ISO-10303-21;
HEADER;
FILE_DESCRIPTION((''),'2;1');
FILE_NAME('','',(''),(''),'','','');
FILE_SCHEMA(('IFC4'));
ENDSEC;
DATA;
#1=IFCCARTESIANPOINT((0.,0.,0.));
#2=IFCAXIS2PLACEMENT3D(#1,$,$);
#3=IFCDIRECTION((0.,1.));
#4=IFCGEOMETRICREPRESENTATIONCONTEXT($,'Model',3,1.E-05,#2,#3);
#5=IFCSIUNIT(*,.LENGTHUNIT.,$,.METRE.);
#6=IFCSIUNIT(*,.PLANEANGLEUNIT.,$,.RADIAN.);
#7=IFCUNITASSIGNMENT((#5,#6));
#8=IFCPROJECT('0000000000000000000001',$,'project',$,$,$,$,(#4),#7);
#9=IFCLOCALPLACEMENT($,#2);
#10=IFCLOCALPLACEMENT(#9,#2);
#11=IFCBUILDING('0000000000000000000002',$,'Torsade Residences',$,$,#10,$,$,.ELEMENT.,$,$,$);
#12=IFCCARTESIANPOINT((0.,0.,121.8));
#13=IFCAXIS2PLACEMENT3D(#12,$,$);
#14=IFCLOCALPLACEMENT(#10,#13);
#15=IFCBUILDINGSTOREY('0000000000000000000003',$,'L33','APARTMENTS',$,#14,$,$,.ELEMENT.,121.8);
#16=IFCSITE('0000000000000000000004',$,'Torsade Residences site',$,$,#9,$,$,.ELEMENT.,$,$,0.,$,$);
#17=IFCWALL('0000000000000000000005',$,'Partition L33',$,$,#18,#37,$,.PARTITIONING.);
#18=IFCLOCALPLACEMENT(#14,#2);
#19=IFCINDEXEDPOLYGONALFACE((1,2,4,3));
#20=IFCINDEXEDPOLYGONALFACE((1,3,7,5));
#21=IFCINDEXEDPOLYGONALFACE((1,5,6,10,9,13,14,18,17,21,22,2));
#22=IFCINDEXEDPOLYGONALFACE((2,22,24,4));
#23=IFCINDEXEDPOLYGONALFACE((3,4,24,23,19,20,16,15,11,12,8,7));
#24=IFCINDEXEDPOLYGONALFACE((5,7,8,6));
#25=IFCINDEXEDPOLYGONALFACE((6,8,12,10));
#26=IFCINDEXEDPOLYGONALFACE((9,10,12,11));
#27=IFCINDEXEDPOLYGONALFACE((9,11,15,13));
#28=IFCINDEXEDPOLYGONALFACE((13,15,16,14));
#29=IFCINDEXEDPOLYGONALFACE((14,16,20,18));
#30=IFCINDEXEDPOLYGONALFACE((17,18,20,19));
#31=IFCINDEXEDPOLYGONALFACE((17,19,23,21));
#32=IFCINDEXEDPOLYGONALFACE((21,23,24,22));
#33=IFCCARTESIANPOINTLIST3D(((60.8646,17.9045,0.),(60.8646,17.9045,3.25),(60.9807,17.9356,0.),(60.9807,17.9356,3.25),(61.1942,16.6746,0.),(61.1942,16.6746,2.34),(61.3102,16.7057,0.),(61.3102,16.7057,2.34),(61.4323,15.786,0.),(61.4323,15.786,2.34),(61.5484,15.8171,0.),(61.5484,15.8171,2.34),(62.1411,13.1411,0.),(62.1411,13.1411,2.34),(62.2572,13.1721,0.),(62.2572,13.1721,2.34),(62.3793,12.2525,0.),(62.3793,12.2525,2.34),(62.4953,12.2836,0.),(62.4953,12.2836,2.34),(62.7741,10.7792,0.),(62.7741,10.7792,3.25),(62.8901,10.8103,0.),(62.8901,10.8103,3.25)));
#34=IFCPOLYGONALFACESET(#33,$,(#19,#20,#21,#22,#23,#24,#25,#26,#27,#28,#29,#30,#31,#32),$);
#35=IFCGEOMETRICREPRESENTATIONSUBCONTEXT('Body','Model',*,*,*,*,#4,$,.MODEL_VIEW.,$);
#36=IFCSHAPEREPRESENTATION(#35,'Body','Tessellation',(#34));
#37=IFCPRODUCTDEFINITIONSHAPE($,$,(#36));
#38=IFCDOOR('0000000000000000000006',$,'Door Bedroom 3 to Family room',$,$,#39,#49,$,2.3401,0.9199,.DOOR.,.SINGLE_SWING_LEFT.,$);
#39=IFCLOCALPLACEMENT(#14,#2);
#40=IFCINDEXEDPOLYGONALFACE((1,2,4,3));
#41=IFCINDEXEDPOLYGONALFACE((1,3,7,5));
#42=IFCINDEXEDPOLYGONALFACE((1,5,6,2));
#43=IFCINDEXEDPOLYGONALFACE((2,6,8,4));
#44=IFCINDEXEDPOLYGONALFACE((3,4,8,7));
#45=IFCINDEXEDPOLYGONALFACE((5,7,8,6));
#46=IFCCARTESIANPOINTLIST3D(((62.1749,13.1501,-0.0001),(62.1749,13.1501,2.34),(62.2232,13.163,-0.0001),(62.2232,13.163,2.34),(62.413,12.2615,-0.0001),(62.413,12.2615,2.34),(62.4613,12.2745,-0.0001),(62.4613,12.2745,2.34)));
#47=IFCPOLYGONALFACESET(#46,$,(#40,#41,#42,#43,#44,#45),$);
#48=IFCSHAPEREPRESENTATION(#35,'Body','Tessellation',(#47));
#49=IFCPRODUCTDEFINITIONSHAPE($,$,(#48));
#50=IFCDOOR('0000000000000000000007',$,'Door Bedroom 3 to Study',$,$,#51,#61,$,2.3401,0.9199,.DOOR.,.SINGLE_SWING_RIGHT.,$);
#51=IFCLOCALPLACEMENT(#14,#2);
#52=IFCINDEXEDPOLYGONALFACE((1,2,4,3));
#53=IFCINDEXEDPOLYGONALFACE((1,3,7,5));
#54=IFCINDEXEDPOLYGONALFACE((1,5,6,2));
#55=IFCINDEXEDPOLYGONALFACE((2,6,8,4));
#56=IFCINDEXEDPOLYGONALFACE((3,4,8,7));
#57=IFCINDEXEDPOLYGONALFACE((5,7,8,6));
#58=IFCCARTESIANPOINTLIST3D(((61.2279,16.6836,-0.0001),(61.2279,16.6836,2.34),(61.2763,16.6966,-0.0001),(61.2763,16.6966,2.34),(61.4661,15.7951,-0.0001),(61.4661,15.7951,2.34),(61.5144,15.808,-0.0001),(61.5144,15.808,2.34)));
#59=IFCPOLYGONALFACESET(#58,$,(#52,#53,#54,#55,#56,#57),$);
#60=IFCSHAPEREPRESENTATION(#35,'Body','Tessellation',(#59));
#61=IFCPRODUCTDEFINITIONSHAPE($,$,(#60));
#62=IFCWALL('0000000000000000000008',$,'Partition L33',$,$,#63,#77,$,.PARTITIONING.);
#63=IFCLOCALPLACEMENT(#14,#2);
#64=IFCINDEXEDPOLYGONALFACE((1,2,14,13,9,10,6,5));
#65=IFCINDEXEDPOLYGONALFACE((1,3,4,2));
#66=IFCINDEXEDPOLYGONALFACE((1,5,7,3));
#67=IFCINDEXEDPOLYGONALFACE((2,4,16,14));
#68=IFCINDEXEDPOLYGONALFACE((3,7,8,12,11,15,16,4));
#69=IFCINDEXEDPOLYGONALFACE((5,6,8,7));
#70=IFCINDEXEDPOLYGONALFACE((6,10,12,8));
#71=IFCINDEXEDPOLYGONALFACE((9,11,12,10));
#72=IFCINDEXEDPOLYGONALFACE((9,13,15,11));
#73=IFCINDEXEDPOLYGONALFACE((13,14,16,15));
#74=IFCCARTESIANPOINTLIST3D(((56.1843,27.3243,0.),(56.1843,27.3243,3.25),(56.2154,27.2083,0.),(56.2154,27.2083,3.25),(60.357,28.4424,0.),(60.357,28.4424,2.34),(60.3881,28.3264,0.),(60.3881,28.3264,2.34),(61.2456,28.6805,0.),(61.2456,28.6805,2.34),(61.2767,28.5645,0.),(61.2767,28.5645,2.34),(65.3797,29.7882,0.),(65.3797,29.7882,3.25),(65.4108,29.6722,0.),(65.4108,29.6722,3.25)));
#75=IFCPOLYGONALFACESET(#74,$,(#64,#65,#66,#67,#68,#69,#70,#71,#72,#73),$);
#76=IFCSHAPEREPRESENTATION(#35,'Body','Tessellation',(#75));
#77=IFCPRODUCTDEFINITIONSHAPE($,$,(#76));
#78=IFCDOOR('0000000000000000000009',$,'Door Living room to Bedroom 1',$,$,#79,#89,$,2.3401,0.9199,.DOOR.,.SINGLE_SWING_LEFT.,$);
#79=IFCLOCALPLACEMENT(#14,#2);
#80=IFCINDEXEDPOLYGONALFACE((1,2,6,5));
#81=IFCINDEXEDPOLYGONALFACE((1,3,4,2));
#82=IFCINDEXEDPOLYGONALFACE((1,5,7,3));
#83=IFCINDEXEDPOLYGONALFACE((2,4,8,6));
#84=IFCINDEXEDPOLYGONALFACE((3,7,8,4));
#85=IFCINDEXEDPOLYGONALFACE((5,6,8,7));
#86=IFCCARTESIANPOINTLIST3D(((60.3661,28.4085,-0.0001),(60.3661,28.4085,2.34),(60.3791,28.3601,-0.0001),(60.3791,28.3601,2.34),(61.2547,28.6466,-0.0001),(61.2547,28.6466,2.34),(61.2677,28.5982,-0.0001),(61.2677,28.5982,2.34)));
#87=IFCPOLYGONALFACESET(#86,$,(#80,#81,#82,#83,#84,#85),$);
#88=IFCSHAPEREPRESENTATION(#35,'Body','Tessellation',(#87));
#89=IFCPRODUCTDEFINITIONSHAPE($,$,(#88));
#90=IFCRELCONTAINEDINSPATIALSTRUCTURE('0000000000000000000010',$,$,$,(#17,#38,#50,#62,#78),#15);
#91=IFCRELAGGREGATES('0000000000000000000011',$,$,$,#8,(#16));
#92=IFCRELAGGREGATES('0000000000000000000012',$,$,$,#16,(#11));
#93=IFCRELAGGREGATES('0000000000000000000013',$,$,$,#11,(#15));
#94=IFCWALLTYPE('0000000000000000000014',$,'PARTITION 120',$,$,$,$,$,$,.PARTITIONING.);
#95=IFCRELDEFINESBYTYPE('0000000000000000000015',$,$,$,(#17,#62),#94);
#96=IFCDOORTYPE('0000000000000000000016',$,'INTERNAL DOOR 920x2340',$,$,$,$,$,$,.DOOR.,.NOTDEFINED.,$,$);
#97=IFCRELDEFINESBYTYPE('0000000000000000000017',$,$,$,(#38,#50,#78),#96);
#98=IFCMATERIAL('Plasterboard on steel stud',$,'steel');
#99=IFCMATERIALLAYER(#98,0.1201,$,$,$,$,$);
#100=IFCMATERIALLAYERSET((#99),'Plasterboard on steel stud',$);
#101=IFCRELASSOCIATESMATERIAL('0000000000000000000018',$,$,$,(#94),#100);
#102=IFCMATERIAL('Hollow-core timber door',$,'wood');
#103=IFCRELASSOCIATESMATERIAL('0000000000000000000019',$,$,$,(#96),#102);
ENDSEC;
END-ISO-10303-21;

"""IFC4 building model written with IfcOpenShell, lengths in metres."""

from ifc_helpers import new_model, si_unit, direction, frame, frame_2d, origin, place, context, subcontext, project, spatial, rectangle, extrude, material, layer, layer_set, type_object, element, fill, save


model = new_model("IFC4")

# Units and contexts
model_context = context("Model", 3, precision=1e-05, world=origin(), true_north=direction((0.0, 1.0)))
body_context = subcontext(model_context, "Body", "Model", "MODEL_VIEW")
ifc_project = project(units=[si_unit("LENGTHUNIT", "METRE"), si_unit("PLANEANGLEUNIT", "RADIAN")], contexts=[model_context])

# Site, building, storey
site_placement = place(None, origin())
site = spatial("IfcSite", under=ifc_project, at=site_placement, Name="Torsade Residences site", CompositionType="ELEMENT", RefElevation=0.0)
building_placement = place(site_placement, origin())
building = spatial("IfcBuilding", under=site, at=building_placement, Name="Torsade Residences", CompositionType="ELEMENT")
storey_placement = place(building_placement, frame((0.0, 0.0, 121.8)))
storey = spatial("IfcBuildingStorey", under=building, at=storey_placement, Name="L33", Description="APARTMENTS", CompositionType="ELEMENT", Elevation=121.8)

# Shared definitions
ifc_material_1 = material(Name="Plasterboard on steel stud", Category="steel")
ifc_layer = layer(ifc_material_1, 0.1201)
ifc_layer_set = layer_set([ifc_layer], Name="Plasterboard on steel stud")
wall_type = type_object("IfcWallType", Name="PARTITION 120", PredefinedType="PARTITIONING", material=ifc_layer_set)

# Shared definitions
ifc_material_2 = material(Name="Hollow-core timber door", Category="wood")
door_type_1 = type_object("IfcDoorType", Name="INTERNAL DOOR 920x2340", OperationType="NOTDEFINED", PredefinedType="DOOR", material=ifc_material_2)

# Wall, openings, doors
wall_1_placement = place(storey_placement, frame((60.9226, 17.9202, 0.0), z_axis=(0.0, 0.0, 1.0), x_axis=(0.258847, -0.965918, 0.0)))
wall_1 = element("IfcWall", 1, at=wall_1_placement, inside=storey, type_object=wall_type, Name="Partition L33", PredefinedType="PARTITIONING", context=body_context, shape_type="SweptSolid", body=[
    extrude(rectangle(XDim=7.3767, YDim=0.1201, at=frame_2d((3.6885, 0.0))), origin(), (0.0, 0.0, 1.0), 3.25),
])
opening_1_placement = place(wall_1_placement, frame((4.9316, 0.0, 0.0)))
opening_1 = element("IfcOpeningElement", 2, at=opening_1_placement, cuts=wall_1, PredefinedType="OPENING", context=body_context, shape_type="SweptSolid", body=[
    extrude(rectangle(XDim=0.9199, YDim=2.3401, at=frame_2d((0.46, 1.1699))), frame((0.0, 0.0701, 0.0), z_axis=(0.0, -1.0, 0.0), x_axis=(1.0, 0.0, 0.0)), (0.0, 0.0, 1.0), 0.1401),
])
opening_2_placement = place(wall_1_placement, frame((1.2734, 0.0, 0.0)))
opening_2 = element("IfcOpeningElement", 3, at=opening_2_placement, cuts=wall_1, PredefinedType="OPENING", context=body_context, shape_type="SweptSolid", body=[
    extrude(rectangle(XDim=0.9199, YDim=2.3401, at=frame_2d((0.46, 1.1699))), frame((0.0, 0.0701, 0.0), z_axis=(0.0, -1.0, 0.0), x_axis=(1.0, 0.0, 0.0)), (0.0, 0.0, 1.0), 0.1401),
])
door_1_placement = place(opening_1_placement, origin())
door_1 = element("IfcDoor", 4, at=door_1_placement, inside=storey, type_object=door_type_1, Name="Door Bedroom 3 to Family room", OperationType="SINGLE_SWING_LEFT", OverallHeight=2.3401, OverallWidth=0.9199, PredefinedType="DOOR", context=body_context, shape_type="SweptSolid", body=[
    extrude(rectangle(XDim=0.9199, YDim=2.3401, at=frame_2d((0.46, 1.1699))), frame((0.0, 0.0249, 0.0), z_axis=(0.0, -1.0, 0.0), x_axis=(1.0, 0.0, 0.0)), (0.0, 0.0, 1.0), 0.05),
])
fill(opening_1, door_1)
door_2_placement = place(opening_2_placement, origin())
door_2 = element("IfcDoor", 5, at=door_2_placement, inside=storey, type_object=door_type_1, Name="Door Bedroom 3 to Study", OperationType="SINGLE_SWING_RIGHT", OverallHeight=2.3401, OverallWidth=0.9199, PredefinedType="DOOR", context=body_context, shape_type="SweptSolid", body=[
    extrude(rectangle(XDim=0.9199, YDim=2.3401, at=frame_2d((0.46, 1.1699))), frame((0.0, 0.0249, 0.0), z_axis=(0.0, -1.0, 0.0), x_axis=(1.0, 0.0, 0.0)), (0.0, 0.0, 1.0), 0.05),
])
fill(opening_2, door_2)

# Wall, opening, door
wall_2_placement = place(storey_placement, frame((56.2, 27.2664, 0.0), z_axis=(0.0, 0.0, 1.0), x_axis=(0.965926, 0.258818, 0.0)))
wall_2 = element("IfcWall", 6, at=wall_2_placement, inside=storey, type_object=wall_type, Name="Partition L33", PredefinedType="PARTITIONING", context=body_context, shape_type="SweptSolid", body=[
    extrude(rectangle(XDim=9.5198, YDim=0.1201, at=frame_2d((4.7598, 0.0))), origin(), (0.0, 0.0, 1.0), 3.25),
])
opening_3_placement = place(wall_2_placement, frame((4.3198, 0.0, 0.0)))
opening_3 = element("IfcOpeningElement", 7, at=opening_3_placement, cuts=wall_2, PredefinedType="OPENING", context=body_context, shape_type="SweptSolid", body=[
    extrude(rectangle(XDim=0.9199, YDim=2.3401, at=frame_2d((0.46, 1.1699))), frame((0.0, 0.0701, 0.0), z_axis=(0.0, -1.0, 0.0), x_axis=(1.0, 0.0, 0.0)), (0.0, 0.0, 1.0), 0.1401),
])
door_3_placement = place(opening_3_placement, origin())
door_3 = element("IfcDoor", 8, at=door_3_placement, inside=storey, type_object=door_type_1, Name="Door Living room to Bedroom 1", OperationType="SINGLE_SWING_LEFT", OverallHeight=2.3401, OverallWidth=0.9199, PredefinedType="DOOR", context=body_context, shape_type="SweptSolid", body=[
    extrude(rectangle(XDim=0.9199, YDim=2.3401, at=frame_2d((0.46, 1.1699))), frame((0.0, 0.0249, 0.0), z_axis=(0.0, -1.0, 0.0), x_axis=(1.0, 0.0, 0.0)), (0.0, 0.0, 1.0), 0.05),
])
fill(opening_3, door_3)

save(model, "model.ifc")
